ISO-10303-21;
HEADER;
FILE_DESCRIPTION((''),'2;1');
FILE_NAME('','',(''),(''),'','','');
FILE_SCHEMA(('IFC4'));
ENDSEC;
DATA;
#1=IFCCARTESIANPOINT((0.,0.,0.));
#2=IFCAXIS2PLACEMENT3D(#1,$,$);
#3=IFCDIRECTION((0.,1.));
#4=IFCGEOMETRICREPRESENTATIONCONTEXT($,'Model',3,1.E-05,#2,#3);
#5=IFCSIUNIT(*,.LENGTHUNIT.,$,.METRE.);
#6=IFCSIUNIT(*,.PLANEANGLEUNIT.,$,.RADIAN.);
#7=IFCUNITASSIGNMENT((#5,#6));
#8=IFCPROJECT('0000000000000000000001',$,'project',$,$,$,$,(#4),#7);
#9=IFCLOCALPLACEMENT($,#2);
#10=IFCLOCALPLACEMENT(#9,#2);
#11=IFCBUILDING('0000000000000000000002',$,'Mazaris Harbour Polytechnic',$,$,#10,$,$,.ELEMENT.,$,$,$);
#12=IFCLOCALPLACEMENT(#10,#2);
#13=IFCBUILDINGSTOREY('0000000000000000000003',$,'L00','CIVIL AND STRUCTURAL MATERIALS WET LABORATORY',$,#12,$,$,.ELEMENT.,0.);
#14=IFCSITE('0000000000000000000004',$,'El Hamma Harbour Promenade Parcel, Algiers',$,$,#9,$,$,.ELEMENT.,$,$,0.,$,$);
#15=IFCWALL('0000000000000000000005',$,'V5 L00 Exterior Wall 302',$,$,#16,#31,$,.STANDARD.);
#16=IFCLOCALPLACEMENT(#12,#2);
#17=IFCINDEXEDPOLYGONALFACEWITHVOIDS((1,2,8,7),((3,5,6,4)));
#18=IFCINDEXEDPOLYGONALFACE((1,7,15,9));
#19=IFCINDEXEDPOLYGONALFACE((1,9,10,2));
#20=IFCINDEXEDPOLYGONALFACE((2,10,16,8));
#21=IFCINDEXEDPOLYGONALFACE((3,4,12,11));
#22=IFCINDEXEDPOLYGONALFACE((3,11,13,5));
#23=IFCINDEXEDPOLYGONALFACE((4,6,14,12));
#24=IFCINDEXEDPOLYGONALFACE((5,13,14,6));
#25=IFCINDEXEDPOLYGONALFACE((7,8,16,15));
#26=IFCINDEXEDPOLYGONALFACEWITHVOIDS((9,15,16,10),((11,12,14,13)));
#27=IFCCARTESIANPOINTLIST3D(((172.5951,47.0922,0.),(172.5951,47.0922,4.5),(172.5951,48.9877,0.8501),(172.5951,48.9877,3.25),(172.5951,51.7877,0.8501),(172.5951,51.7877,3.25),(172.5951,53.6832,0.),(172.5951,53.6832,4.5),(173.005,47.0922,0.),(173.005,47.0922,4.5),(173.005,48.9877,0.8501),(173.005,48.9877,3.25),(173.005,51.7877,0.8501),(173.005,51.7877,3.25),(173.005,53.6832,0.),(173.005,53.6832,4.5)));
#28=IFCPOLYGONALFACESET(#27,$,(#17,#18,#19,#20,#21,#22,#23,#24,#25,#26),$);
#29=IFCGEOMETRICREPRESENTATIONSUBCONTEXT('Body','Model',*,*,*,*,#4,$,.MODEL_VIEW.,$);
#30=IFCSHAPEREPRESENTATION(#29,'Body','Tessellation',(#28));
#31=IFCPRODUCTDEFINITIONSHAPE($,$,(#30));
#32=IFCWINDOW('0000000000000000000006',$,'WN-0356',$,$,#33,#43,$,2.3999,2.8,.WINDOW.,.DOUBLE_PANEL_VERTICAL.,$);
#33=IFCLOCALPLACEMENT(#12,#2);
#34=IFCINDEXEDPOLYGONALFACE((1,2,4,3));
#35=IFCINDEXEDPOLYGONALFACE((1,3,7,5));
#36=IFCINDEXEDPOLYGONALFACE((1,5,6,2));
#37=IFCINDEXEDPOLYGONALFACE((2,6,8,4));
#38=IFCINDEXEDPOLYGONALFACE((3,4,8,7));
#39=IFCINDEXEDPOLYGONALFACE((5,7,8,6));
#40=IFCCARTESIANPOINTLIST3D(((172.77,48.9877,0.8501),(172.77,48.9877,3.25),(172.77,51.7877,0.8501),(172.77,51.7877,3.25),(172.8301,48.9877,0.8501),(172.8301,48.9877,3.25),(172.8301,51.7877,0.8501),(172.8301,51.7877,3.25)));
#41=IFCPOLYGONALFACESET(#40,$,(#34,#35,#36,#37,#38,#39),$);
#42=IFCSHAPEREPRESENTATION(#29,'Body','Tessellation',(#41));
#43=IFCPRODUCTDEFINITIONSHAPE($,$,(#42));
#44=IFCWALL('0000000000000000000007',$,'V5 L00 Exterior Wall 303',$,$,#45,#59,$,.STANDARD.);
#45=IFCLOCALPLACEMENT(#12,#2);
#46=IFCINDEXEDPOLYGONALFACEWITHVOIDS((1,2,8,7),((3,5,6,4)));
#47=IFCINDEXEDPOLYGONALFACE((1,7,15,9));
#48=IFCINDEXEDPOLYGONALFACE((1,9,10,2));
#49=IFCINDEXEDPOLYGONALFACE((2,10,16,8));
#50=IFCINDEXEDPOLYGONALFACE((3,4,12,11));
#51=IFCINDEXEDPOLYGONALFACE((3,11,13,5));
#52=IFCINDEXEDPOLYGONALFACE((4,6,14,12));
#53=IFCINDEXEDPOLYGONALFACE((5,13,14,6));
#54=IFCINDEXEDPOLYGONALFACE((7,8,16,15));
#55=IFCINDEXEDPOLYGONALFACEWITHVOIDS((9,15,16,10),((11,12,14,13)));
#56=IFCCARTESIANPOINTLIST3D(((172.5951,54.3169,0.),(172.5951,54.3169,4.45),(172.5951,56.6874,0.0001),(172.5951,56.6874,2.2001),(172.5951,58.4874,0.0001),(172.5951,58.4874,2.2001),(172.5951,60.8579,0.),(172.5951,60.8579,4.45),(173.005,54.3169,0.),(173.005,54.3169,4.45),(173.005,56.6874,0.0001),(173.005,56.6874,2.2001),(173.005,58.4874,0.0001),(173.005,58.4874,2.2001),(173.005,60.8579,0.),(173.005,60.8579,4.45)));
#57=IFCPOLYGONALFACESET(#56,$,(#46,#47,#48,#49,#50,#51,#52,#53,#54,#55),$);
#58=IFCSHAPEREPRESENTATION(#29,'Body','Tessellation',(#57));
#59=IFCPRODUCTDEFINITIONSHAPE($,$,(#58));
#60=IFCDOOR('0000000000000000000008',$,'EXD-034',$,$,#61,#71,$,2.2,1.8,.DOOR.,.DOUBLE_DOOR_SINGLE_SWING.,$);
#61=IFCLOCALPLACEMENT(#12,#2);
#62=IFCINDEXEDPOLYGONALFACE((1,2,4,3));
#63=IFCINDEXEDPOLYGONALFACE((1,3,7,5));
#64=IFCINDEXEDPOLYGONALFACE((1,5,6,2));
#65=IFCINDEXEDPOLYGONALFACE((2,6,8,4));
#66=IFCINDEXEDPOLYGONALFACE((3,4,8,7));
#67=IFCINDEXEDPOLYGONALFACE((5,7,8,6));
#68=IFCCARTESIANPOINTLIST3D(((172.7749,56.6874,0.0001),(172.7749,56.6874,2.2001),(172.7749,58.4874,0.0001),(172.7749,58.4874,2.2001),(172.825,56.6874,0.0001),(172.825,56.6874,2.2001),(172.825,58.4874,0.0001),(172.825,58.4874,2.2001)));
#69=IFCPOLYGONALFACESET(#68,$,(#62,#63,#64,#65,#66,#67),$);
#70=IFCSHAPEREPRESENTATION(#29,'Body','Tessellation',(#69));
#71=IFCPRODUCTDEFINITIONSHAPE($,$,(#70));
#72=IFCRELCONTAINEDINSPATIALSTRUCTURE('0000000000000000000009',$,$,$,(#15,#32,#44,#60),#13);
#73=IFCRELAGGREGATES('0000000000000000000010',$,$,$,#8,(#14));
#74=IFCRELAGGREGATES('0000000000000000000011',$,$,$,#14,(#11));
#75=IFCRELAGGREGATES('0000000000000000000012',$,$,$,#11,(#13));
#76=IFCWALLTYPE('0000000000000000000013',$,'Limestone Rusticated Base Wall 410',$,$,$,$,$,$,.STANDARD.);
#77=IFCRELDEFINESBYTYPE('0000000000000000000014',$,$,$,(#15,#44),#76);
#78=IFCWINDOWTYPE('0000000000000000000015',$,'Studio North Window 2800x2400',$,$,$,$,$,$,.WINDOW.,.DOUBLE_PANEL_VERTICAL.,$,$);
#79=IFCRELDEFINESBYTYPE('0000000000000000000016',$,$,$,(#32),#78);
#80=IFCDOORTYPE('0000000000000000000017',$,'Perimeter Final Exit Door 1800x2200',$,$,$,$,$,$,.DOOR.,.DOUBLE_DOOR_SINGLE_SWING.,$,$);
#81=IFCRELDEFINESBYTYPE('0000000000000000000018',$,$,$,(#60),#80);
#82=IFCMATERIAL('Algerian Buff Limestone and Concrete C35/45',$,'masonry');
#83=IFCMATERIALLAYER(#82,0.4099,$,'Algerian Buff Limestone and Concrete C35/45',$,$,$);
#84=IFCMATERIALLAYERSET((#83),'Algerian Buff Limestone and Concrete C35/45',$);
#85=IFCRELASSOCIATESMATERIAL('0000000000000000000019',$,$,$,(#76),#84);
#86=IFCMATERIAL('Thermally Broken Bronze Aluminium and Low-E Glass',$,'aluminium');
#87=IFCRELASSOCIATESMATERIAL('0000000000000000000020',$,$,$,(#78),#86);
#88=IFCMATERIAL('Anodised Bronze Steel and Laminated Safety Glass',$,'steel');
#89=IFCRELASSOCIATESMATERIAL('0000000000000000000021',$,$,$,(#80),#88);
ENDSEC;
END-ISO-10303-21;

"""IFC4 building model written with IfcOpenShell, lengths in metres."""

from ifc_helpers import new_model, si_unit, direction, frame, frame_2d, origin, place, context, subcontext, project, spatial, rectangle, extrude, material, layer, layer_set, type_object, element, fill, save


model = new_model("IFC4")

# Units and contexts
model_context = context("Model", 3, precision=1e-05, world=origin(), true_north=direction((0.0, 1.0)))
body_context = subcontext(model_context, "Body", "Model", "MODEL_VIEW")
ifc_project = project(units=[si_unit("LENGTHUNIT", "METRE"), si_unit("PLANEANGLEUNIT", "RADIAN")], contexts=[model_context])

# Site, building, storey
site_placement = place(None, origin())
site = spatial("IfcSite", under=ifc_project, at=site_placement, Name="El Hamma Harbour Promenade Parcel, Algiers", CompositionType="ELEMENT", RefElevation=0.0)
building_placement = place(site_placement, origin())
building = spatial("IfcBuilding", under=site, at=building_placement, Name="Mazaris Harbour Polytechnic", CompositionType="ELEMENT")
storey_placement = place(building_placement, origin())
storey = spatial("IfcBuildingStorey", under=building, at=storey_placement, Name="L00", Description="CIVIL AND STRUCTURAL MATERIALS WET LABORATORY", CompositionType="ELEMENT", Elevation=0.0)

# Wall, opening, window
ifc_material_1 = material(Name="Algerian Buff Limestone and Concrete C35/45", Category="masonry")
ifc_layer = layer(ifc_material_1, 0.4099, Name="Algerian Buff Limestone and Concrete C35/45")
ifc_layer_set = layer_set([ifc_layer], Name="Algerian Buff Limestone and Concrete C35/45")
wall_type = type_object("IfcWallType", Name="Limestone Rusticated Base Wall 410", PredefinedType="STANDARD", material=ifc_layer_set)
ifc_material_2 = material(Name="Thermally Broken Bronze Aluminium and Low-E Glass", Category="aluminium")
window_type = type_object("IfcWindowType", Name="Studio North Window 2800x2400", PartitioningType="DOUBLE_PANEL_VERTICAL", PredefinedType="WINDOW", material=ifc_material_2)
wall_1_placement = place(storey_placement, frame((172.8, 53.6831, 0.0), z_axis=(0.0, 0.0, 1.0), x_axis=(0.0, -1.0, 0.0)))
wall_1 = element("IfcWall", 1, at=wall_1_placement, inside=storey, type_object=wall_type, Name="V5 L00 Exterior Wall 302", PredefinedType="STANDARD", context=body_context, shape_type="SweptSolid", body=[
    extrude(rectangle(XDim=6.5911, YDim=0.4099, at=frame_2d((3.2954, 0.0))), origin(), (0.0, 0.0, 1.0), 4.5),
])
opening_1_placement = place(wall_1_placement, frame((1.8955, 0.0, 0.8501)))
opening_1 = element("IfcOpeningElement", 2, at=opening_1_placement, cuts=wall_1, PredefinedType="OPENING", context=body_context, shape_type="SweptSolid", body=[
    extrude(rectangle(XDim=2.8, YDim=2.3999, at=frame_2d((1.3999, 1.2))), frame((0.0, 0.2148, 0.0), z_axis=(0.0, -1.0, 0.0), x_axis=(1.0, 0.0, 0.0)), (0.0, 0.0, 1.0), 0.4299),
])
window_1_placement = place(opening_1_placement, origin())
window_1 = element("IfcWindow", 3, at=window_1_placement, inside=storey, type_object=window_type, Name="WN-0356", OverallHeight=2.3999, OverallWidth=2.8, PartitioningType="DOUBLE_PANEL_VERTICAL", PredefinedType="WINDOW", context=body_context, shape_type="SweptSolid", body=[
    extrude(rectangle(XDim=2.8, YDim=2.3999, at=frame_2d((1.3999, 1.2))), frame((0.0, 0.03, 0.0), z_axis=(0.0, -1.0, 0.0), x_axis=(1.0, 0.0, 0.0)), (0.0, 0.0, 1.0), 0.0601),
])
fill(opening_1, window_1)

# Wall, opening, door
wall_2_placement = place(storey_placement, frame((172.8, 60.8579, 0.0), z_axis=(0.0, 0.0, 1.0), x_axis=(0.0, -1.0, 0.0)))
wall_2 = element("IfcWall", 4, at=wall_2_placement, inside=storey, type_object=wall_type, Name="V5 L00 Exterior Wall 303", PredefinedType="STANDARD", context=body_context, shape_type="SweptSolid", body=[
    extrude(rectangle(XDim=6.541, YDim=0.4099, at=frame_2d((3.2705, 0.0))), origin(), (0.0, 0.0, 1.0), 4.45),
])
opening_2_placement = place(wall_2_placement, frame((2.3706, 0.0, 0.0)))
opening_2 = element("IfcOpeningElement", 5, at=opening_2_placement, cuts=wall_2, PredefinedType="OPENING", context=body_context, shape_type="SweptSolid", body=[
    extrude(rectangle(XDim=1.8, YDim=2.2, at=frame_2d((0.8999, 1.1001))), frame((0.0, 0.2148, 0.0), z_axis=(0.0, -1.0, 0.0), x_axis=(1.0, 0.0, 0.0)), (0.0, 0.0, 1.0), 0.4299),
])
ifc_material_3 = material(Name="Anodised Bronze Steel and Laminated Safety Glass", Category="steel")
door_type = type_object("IfcDoorType", Name="Perimeter Final Exit Door 1800x2200", OperationType="DOUBLE_DOOR_SINGLE_SWING", PredefinedType="DOOR", material=ifc_material_3)
door_placement = place(opening_2_placement, origin())
door = element("IfcDoor", 6, at=door_placement, inside=storey, type_object=door_type, Name="EXD-034", OperationType="DOUBLE_DOOR_SINGLE_SWING", OverallHeight=2.2, OverallWidth=1.8, PredefinedType="DOOR", context=body_context, shape_type="SweptSolid", body=[
    extrude(rectangle(XDim=1.8, YDim=2.2, at=frame_2d((0.8999, 1.1001))), frame((0.0, 0.0249, 0.0), z_axis=(0.0, -1.0, 0.0), x_axis=(1.0, 0.0, 0.0)), (0.0, 0.0, 1.0), 0.05),
])
fill(opening_2, door)

save(model, "model.ifc")
